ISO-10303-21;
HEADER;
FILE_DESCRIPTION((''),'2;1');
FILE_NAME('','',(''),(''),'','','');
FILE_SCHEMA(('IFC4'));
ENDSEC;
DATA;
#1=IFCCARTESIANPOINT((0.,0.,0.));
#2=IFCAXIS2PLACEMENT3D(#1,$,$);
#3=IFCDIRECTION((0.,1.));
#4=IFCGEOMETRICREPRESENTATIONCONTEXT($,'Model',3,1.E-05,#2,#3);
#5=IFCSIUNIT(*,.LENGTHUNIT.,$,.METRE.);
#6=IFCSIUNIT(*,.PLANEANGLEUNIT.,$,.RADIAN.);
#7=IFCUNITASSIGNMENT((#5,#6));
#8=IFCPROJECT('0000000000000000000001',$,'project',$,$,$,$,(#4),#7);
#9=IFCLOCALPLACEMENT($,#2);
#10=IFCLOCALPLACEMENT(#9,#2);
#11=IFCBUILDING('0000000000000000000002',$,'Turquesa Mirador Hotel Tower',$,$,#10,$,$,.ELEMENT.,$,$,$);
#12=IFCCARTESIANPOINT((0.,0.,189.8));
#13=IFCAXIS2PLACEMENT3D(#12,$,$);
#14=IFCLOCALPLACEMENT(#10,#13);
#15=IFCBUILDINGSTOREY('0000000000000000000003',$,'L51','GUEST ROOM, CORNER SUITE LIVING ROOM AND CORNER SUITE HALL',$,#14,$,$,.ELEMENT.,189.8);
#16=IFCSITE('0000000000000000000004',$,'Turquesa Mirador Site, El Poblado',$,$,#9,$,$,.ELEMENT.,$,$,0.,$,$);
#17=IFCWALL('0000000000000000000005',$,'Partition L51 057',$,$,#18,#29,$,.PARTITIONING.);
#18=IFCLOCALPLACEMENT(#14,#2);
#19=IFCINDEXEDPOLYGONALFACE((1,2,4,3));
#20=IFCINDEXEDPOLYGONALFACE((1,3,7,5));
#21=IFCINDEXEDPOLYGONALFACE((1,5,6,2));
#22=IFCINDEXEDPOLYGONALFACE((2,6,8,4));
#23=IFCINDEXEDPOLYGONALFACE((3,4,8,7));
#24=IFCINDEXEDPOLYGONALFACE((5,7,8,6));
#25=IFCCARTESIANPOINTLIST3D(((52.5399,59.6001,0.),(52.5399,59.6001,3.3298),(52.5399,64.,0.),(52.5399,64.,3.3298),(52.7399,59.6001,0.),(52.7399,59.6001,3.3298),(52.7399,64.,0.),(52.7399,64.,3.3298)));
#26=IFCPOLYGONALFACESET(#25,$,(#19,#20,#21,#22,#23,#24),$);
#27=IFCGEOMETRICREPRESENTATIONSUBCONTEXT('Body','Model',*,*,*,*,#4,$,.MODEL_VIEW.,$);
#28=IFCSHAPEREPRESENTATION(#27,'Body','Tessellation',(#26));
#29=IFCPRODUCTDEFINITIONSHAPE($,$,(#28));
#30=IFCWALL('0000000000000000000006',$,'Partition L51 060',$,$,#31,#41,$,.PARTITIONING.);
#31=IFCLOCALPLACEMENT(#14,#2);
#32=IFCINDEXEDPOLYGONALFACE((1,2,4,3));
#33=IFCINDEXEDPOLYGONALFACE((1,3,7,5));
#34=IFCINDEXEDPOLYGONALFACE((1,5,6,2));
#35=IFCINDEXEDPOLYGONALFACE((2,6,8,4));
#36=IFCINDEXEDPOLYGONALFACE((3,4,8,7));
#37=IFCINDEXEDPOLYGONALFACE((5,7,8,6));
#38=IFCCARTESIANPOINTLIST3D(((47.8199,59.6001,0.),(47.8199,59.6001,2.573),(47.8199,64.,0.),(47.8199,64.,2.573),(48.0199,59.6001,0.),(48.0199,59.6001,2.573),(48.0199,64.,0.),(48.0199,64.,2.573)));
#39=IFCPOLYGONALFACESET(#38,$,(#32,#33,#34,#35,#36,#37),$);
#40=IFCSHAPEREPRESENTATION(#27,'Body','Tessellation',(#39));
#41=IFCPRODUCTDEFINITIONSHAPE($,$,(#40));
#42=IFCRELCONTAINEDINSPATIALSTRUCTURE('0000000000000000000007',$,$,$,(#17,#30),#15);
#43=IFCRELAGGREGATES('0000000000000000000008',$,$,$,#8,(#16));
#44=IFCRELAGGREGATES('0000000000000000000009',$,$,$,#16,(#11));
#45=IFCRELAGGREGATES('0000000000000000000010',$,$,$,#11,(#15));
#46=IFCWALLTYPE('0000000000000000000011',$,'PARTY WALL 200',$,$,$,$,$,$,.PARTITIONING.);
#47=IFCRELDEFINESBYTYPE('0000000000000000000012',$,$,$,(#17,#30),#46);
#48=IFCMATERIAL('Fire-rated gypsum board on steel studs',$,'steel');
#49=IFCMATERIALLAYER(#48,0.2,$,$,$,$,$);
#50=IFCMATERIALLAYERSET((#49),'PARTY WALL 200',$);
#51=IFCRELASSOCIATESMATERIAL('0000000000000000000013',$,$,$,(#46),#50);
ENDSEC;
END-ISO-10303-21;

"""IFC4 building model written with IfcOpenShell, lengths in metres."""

from ifc_helpers import new_model, si_unit, direction, frame, frame_2d, origin, place, context, subcontext, project, spatial, rectangle, extrude, material, layer, layer_set, type_object, element, save


model = new_model("IFC4")

# Units and contexts
model_context = context("Model", 3, precision=1e-05, world=origin(), true_north=direction((0.0, 1.0)))
body_context = subcontext(model_context, "Body", "Model", "MODEL_VIEW")
ifc_project = project(units=[si_unit("LENGTHUNIT", "METRE"), si_unit("PLANEANGLEUNIT", "RADIAN")], contexts=[model_context])

# Site, building, storey
site_placement = place(None, origin())
site = spatial("IfcSite", under=ifc_project, at=site_placement, Name="Turquesa Mirador Site, El Poblado", CompositionType="ELEMENT", RefElevation=0.0)
building_placement = place(site_placement, origin())
building = spatial("IfcBuilding", under=site, at=building_placement, Name="Turquesa Mirador Hotel Tower", CompositionType="ELEMENT")
storey_placement = place(building_placement, frame((0.0, 0.0, 189.8)))
storey = spatial("IfcBuildingStorey", under=building, at=storey_placement, Name="L51", Description="GUEST ROOM, CORNER SUITE LIVING ROOM AND CORNER SUITE HALL", CompositionType="ELEMENT", Elevation=189.8)

# Walls
ifc_material_1 = material(Name="Fire-rated gypsum board on steel studs", Category="steel")
ifc_layer_1 = layer(ifc_material_1, 0.2)
ifc_layer_set_1 = layer_set([ifc_layer_1], Name="PARTY WALL 200")
wall_type_1 = type_object("IfcWallType", Name="PARTY WALL 200", PredefinedType="PARTITIONING", material=ifc_layer_set_1)
wall_1_placement = place(storey_placement, frame((52.6399, 59.6001, 0.0), z_axis=(0.0, 0.0, 1.0), x_axis=(0.0, 1.0, 0.0)))
element("IfcWall", 1, at=wall_1_placement, inside=storey, type_object=wall_type_1, Name="Partition L51 057", PredefinedType="PARTITIONING", context=body_context, shape_type="SweptSolid", body=[
    extrude(rectangle(XDim=4.3999, YDim=0.2, at=frame_2d((2.2, 0.0))), origin(), (0.0, 0.0, 1.0), 3.3298),
])
wall_2_placement = place(storey_placement, frame((47.9199, 59.6001, 0.0), z_axis=(0.0, 0.0, 1.0), x_axis=(0.0, 1.0, 0.0)))
element("IfcWall", 2, at=wall_2_placement, inside=storey, type_object=wall_type_1, Name="Partition L51 060", PredefinedType="PARTITIONING", context=body_context, shape_type="SweptSolid", body=[
    extrude(rectangle(XDim=4.3999, YDim=0.2, at=frame_2d((2.2, 0.0))), origin(), (0.0, 0.0, 1.0), 2.573),
])

save(model, "model.ifc")
